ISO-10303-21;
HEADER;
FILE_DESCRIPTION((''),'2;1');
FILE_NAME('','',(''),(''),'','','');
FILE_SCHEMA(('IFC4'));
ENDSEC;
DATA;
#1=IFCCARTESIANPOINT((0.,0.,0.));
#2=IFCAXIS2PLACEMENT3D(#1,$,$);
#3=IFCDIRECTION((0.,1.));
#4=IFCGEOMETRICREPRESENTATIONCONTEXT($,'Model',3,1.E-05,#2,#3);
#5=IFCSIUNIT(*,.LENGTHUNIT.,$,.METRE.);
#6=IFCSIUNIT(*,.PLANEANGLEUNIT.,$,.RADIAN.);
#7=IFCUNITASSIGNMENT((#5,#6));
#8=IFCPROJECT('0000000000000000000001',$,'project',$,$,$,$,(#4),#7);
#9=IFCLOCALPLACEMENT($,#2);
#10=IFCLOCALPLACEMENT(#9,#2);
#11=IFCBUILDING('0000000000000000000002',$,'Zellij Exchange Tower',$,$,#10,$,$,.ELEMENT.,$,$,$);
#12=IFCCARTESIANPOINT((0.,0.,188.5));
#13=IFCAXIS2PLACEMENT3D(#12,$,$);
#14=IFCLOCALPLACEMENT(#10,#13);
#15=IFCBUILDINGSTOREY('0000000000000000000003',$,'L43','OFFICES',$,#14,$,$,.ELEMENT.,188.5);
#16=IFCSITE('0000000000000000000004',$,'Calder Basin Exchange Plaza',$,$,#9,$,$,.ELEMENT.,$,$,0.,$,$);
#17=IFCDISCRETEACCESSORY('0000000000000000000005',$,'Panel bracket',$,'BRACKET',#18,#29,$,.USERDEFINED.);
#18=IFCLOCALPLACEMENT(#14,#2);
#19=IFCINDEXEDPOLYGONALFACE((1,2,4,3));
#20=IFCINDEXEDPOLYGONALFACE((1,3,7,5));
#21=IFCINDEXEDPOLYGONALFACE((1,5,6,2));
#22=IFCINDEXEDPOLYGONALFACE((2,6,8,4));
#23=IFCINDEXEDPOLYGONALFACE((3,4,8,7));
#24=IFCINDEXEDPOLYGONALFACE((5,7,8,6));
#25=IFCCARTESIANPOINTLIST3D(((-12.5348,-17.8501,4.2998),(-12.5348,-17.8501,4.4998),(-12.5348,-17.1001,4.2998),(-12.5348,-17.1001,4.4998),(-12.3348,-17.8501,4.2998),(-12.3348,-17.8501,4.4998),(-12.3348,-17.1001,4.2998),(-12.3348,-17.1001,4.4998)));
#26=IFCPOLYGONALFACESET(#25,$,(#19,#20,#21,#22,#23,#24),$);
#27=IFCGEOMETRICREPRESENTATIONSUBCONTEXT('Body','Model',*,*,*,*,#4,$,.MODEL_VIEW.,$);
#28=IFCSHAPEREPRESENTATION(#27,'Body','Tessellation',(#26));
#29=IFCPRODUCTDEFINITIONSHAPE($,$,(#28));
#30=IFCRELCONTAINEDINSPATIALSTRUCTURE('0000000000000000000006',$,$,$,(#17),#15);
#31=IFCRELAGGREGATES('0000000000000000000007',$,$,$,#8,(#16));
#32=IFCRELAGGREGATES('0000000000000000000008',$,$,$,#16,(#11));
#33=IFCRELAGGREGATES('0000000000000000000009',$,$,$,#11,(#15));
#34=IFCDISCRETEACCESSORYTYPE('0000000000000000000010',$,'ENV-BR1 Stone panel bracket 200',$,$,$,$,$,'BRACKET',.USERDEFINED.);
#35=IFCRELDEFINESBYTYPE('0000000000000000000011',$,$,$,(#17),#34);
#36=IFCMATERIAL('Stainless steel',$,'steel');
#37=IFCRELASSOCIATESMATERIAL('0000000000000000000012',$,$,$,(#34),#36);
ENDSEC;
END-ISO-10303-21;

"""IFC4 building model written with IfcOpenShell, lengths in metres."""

from ifc_helpers import new_model, si_unit, direction, frame, origin, origin_2d, place, context, subcontext, project, spatial, rectangle, extrude, material, type_object, element, save


model = new_model("IFC4")

# Units and contexts
model_context = context("Model", 3, precision=1e-05, world=origin(), true_north=direction((0.0, 1.0)))
body_context = subcontext(model_context, "Body", "Model", "MODEL_VIEW")
ifc_project = project(units=[si_unit("LENGTHUNIT", "METRE"), si_unit("PLANEANGLEUNIT", "RADIAN")], contexts=[model_context])

# Site, building, storey
site_placement = place(None, origin())
site = spatial("IfcSite", under=ifc_project, at=site_placement, Name="Calder Basin Exchange Plaza", CompositionType="ELEMENT", RefElevation=0.0)
building_placement = place(site_placement, origin())
building = spatial("IfcBuilding", under=site, at=building_placement, Name="Zellij Exchange Tower", CompositionType="ELEMENT")
storey_placement = place(building_placement, frame((0.0, 0.0, 188.5)))
storey = spatial("IfcBuildingStorey", under=building, at=storey_placement, Name="L43", Description="OFFICES", CompositionType="ELEMENT", Elevation=188.5)

# Discrete accessory
ifc_material_1 = material(Name="Stainless steel", Category="steel")
discrete_accessory_type = type_object("IfcDiscreteAccessoryType", Name="ENV-BR1 Stone panel bracket 200", ElementType="BRACKET", PredefinedType="USERDEFINED", material=ifc_material_1)
for number, where, z_axis, x_axis, name in (
    (1, (-12.4348, -17.4751, 4.2998), (0.0, 0.0, 1.0), (1.0, 0.0, 0.0), "Panel bracket"),
):
    element("IfcDiscreteAccessory", number, at=place(storey_placement, frame(where, z_axis=z_axis, x_axis=x_axis)), inside=storey, type_object=discrete_accessory_type, Name=name, ObjectType="BRACKET", PredefinedType="USERDEFINED", context=body_context, shape_type="SweptSolid", body=[
        extrude(rectangle(XDim=0.2, YDim=0.75, at=origin_2d()), origin(), (0.0, 0.0, 1.0), 0.2),
    ])

save(model, "model.ifc")
